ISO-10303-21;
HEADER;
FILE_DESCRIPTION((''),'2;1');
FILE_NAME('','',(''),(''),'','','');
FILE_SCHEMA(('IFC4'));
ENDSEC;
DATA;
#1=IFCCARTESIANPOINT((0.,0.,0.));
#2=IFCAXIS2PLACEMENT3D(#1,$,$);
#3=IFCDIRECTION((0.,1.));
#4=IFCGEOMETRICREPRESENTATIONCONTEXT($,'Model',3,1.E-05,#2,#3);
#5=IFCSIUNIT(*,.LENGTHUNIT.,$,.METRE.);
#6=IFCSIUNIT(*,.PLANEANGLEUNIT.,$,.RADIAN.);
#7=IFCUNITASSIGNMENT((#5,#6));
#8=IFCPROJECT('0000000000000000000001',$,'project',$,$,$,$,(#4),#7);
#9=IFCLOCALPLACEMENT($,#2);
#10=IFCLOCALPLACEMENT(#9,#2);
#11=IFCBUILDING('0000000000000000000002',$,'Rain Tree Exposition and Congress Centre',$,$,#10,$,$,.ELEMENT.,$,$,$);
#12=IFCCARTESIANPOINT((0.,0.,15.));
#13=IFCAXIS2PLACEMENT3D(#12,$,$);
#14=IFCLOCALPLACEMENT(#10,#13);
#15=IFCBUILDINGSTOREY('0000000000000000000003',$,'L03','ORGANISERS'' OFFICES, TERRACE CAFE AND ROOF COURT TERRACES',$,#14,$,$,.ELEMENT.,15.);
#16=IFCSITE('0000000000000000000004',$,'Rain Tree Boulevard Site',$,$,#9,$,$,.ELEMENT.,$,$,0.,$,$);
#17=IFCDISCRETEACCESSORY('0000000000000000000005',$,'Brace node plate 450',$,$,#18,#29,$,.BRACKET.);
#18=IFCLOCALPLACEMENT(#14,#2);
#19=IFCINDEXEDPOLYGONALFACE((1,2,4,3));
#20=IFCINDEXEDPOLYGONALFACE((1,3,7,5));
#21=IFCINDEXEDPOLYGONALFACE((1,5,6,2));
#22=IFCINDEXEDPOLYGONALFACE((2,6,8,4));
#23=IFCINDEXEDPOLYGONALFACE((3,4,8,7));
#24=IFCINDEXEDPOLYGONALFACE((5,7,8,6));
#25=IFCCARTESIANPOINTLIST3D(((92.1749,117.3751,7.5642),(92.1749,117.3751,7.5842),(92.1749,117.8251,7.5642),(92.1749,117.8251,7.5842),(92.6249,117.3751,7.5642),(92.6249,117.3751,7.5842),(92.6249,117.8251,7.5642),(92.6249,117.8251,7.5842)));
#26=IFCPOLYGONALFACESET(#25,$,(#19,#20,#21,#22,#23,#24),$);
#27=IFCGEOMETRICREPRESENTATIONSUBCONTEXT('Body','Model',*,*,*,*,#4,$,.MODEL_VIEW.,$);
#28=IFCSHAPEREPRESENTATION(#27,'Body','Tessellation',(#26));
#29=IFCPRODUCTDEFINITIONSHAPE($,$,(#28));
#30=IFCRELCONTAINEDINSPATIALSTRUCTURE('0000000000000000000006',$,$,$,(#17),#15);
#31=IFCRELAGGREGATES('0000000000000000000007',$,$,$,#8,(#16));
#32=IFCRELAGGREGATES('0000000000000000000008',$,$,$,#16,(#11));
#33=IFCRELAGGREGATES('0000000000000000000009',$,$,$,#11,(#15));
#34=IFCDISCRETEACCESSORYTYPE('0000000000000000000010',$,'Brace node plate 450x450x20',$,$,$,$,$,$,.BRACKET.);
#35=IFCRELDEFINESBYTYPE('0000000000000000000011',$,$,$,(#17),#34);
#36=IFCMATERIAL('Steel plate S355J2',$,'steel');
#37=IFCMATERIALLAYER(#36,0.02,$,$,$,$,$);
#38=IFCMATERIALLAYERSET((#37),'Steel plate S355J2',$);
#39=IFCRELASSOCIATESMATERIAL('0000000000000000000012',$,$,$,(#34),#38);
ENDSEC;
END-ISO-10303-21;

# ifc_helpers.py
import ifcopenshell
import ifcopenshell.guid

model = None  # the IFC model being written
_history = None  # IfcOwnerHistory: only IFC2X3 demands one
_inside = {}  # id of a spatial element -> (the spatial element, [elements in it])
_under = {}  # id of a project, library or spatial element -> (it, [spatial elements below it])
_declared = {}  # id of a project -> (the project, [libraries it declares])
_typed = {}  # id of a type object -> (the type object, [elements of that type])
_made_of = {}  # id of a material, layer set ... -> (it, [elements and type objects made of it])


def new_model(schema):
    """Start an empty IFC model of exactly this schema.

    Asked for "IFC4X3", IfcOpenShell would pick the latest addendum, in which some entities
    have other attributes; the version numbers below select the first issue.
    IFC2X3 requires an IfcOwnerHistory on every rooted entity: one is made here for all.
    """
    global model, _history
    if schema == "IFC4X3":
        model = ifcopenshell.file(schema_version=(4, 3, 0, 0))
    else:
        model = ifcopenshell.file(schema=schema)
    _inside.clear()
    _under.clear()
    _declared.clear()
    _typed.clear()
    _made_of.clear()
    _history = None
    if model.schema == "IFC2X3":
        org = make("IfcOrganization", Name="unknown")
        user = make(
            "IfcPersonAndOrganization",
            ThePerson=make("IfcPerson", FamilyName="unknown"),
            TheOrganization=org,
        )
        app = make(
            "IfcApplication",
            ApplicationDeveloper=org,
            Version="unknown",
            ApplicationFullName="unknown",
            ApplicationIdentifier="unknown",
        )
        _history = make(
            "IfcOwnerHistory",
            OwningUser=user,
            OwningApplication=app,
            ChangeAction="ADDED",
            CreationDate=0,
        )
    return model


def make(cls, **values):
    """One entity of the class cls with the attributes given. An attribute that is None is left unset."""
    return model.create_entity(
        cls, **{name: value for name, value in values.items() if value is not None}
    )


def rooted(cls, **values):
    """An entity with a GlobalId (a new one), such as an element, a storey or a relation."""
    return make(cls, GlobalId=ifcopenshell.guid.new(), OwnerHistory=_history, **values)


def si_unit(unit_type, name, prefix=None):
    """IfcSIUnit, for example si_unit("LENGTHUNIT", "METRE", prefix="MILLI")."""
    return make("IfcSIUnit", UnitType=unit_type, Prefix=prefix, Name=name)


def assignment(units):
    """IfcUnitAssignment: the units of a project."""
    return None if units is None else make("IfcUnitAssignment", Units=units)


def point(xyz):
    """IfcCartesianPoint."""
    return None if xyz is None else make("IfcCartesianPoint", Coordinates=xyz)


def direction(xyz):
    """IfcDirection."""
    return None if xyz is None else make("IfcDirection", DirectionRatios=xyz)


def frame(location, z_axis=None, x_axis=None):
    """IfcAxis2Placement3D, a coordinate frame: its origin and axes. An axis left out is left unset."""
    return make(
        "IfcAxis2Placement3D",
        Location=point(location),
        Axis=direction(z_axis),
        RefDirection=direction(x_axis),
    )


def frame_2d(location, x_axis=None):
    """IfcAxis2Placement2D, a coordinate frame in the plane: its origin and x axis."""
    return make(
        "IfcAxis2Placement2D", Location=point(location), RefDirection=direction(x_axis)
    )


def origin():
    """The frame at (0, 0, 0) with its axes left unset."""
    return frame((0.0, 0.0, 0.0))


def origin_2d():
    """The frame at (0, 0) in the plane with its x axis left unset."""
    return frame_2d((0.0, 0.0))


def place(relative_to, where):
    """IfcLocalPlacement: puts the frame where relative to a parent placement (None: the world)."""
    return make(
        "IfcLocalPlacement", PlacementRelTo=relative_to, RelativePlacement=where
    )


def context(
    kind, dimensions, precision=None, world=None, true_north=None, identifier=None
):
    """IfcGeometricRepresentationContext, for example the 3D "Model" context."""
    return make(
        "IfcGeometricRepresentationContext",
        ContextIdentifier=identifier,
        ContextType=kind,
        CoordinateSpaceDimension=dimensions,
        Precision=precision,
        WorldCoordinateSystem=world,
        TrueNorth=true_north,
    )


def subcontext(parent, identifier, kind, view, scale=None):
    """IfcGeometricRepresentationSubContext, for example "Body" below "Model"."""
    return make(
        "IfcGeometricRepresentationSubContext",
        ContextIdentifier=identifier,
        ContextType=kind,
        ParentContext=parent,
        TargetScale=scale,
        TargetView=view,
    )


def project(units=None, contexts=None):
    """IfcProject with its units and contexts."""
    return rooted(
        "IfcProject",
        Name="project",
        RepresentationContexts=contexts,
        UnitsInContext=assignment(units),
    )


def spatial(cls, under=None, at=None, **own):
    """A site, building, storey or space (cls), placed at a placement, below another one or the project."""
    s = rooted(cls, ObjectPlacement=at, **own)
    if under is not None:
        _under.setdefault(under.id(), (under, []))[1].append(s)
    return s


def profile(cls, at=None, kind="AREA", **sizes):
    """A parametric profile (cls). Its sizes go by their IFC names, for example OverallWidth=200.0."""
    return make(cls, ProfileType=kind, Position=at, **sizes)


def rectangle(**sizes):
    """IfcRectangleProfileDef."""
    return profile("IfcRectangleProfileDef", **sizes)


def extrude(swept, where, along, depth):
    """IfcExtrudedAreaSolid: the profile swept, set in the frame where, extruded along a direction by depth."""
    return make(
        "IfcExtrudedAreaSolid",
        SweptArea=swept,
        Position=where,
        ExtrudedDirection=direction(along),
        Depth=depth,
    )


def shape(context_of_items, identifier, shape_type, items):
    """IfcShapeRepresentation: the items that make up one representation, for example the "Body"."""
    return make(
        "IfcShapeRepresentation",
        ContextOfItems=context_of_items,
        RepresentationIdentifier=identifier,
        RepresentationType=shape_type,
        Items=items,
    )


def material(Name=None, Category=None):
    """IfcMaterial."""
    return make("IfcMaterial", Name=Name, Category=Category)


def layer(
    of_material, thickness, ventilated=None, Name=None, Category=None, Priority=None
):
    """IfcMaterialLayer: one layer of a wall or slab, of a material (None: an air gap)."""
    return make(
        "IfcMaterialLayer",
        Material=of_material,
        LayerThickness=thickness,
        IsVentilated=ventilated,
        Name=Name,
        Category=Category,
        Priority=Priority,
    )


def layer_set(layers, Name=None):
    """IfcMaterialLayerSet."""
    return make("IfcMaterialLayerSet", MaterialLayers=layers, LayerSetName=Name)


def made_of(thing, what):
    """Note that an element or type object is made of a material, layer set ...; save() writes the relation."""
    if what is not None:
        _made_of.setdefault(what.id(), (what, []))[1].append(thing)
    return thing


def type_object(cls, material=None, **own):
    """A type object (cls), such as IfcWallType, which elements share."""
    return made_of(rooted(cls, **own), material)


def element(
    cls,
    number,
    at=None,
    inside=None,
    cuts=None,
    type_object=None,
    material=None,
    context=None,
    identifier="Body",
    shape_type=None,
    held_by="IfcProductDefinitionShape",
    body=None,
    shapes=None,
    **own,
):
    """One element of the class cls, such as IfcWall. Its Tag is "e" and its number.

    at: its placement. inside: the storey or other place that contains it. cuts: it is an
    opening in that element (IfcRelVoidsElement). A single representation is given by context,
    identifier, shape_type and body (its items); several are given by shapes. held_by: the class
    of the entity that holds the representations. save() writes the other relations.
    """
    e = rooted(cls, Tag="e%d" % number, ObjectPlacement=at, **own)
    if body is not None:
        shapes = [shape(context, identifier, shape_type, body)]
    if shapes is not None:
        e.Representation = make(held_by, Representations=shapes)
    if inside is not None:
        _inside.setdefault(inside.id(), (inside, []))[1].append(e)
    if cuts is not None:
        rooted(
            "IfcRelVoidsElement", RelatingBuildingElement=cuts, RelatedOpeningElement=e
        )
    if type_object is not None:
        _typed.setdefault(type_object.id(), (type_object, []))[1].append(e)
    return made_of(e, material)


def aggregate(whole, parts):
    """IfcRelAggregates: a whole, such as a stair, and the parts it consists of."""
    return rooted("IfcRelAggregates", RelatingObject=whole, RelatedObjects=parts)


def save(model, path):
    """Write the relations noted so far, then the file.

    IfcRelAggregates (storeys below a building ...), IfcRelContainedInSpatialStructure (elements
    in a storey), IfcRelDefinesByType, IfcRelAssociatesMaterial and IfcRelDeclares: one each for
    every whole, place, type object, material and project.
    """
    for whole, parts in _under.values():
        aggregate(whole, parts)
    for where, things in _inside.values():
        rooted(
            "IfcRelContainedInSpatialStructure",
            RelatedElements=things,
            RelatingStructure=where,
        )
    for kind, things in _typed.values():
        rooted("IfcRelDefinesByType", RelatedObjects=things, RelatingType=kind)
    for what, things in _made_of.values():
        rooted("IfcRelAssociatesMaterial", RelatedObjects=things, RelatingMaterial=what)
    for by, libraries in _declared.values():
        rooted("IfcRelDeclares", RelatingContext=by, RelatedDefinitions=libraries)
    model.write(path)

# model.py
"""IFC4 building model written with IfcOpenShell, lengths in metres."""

from ifc_helpers import new_model, si_unit, direction, frame, origin, origin_2d, place, context, subcontext, project, spatial, rectangle, extrude, material, layer, layer_set, type_object, element, save


model = new_model("IFC4")

# Units and contexts
model_context = context("Model", 3, precision=1e-05, world=origin(), true_north=direction((0.0, 1.0)))
body_context = subcontext(model_context, "Body", "Model", "MODEL_VIEW")
ifc_project = project(units=[si_unit("LENGTHUNIT", "METRE"), si_unit("PLANEANGLEUNIT", "RADIAN")], contexts=[model_context])

# Site, building, storey
site_placement = place(None, origin())
site = spatial("IfcSite", under=ifc_project, at=site_placement, Name="Rain Tree Boulevard Site", CompositionType="ELEMENT", RefElevation=0.0)
building_placement = place(site_placement, origin())
building = spatial("IfcBuilding", under=site, at=building_placement, Name="Rain Tree Exposition and Congress Centre", CompositionType="ELEMENT")
storey_placement = place(building_placement, frame((0.0, 0.0, 15.0)))
storey = spatial("IfcBuildingStorey", under=building, at=storey_placement, Name="L03", Description="ORGANISERS' OFFICES, TERRACE CAFE AND ROOF COURT TERRACES", CompositionType="ELEMENT", Elevation=15.0)

# Discrete accessory
ifc_material_1 = material(Name="Steel plate S355J2", Category="steel")
ifc_layer_1 = layer(ifc_material_1, 0.02)
ifc_layer_set_1 = layer_set([ifc_layer_1], Name="Steel plate S355J2")
discrete_accessory_type_1 = type_object("IfcDiscreteAccessoryType", Name="Brace node plate 450x450x20", PredefinedType="BRACKET", material=ifc_layer_set_1)
for number, where, z_axis, x_axis, name in (
    (1, (92.3999, 117.6001, 7.5642), (0.0, 0.0, 1.0), (1.0, 0.0, 0.0), "Brace node plate 450"),
):
    element("IfcDiscreteAccessory", number, at=place(storey_placement, frame(where, z_axis=z_axis, x_axis=x_axis)), inside=storey, type_object=discrete_accessory_type_1, Name=name, PredefinedType="BRACKET", context=body_context, shape_type="SweptSolid", body=[
        extrude(rectangle(XDim=0.45, YDim=0.45, at=origin_2d()), origin(), (0.0, 0.0, 1.0), 0.02),
    ])

save(model, "model.ifc")
